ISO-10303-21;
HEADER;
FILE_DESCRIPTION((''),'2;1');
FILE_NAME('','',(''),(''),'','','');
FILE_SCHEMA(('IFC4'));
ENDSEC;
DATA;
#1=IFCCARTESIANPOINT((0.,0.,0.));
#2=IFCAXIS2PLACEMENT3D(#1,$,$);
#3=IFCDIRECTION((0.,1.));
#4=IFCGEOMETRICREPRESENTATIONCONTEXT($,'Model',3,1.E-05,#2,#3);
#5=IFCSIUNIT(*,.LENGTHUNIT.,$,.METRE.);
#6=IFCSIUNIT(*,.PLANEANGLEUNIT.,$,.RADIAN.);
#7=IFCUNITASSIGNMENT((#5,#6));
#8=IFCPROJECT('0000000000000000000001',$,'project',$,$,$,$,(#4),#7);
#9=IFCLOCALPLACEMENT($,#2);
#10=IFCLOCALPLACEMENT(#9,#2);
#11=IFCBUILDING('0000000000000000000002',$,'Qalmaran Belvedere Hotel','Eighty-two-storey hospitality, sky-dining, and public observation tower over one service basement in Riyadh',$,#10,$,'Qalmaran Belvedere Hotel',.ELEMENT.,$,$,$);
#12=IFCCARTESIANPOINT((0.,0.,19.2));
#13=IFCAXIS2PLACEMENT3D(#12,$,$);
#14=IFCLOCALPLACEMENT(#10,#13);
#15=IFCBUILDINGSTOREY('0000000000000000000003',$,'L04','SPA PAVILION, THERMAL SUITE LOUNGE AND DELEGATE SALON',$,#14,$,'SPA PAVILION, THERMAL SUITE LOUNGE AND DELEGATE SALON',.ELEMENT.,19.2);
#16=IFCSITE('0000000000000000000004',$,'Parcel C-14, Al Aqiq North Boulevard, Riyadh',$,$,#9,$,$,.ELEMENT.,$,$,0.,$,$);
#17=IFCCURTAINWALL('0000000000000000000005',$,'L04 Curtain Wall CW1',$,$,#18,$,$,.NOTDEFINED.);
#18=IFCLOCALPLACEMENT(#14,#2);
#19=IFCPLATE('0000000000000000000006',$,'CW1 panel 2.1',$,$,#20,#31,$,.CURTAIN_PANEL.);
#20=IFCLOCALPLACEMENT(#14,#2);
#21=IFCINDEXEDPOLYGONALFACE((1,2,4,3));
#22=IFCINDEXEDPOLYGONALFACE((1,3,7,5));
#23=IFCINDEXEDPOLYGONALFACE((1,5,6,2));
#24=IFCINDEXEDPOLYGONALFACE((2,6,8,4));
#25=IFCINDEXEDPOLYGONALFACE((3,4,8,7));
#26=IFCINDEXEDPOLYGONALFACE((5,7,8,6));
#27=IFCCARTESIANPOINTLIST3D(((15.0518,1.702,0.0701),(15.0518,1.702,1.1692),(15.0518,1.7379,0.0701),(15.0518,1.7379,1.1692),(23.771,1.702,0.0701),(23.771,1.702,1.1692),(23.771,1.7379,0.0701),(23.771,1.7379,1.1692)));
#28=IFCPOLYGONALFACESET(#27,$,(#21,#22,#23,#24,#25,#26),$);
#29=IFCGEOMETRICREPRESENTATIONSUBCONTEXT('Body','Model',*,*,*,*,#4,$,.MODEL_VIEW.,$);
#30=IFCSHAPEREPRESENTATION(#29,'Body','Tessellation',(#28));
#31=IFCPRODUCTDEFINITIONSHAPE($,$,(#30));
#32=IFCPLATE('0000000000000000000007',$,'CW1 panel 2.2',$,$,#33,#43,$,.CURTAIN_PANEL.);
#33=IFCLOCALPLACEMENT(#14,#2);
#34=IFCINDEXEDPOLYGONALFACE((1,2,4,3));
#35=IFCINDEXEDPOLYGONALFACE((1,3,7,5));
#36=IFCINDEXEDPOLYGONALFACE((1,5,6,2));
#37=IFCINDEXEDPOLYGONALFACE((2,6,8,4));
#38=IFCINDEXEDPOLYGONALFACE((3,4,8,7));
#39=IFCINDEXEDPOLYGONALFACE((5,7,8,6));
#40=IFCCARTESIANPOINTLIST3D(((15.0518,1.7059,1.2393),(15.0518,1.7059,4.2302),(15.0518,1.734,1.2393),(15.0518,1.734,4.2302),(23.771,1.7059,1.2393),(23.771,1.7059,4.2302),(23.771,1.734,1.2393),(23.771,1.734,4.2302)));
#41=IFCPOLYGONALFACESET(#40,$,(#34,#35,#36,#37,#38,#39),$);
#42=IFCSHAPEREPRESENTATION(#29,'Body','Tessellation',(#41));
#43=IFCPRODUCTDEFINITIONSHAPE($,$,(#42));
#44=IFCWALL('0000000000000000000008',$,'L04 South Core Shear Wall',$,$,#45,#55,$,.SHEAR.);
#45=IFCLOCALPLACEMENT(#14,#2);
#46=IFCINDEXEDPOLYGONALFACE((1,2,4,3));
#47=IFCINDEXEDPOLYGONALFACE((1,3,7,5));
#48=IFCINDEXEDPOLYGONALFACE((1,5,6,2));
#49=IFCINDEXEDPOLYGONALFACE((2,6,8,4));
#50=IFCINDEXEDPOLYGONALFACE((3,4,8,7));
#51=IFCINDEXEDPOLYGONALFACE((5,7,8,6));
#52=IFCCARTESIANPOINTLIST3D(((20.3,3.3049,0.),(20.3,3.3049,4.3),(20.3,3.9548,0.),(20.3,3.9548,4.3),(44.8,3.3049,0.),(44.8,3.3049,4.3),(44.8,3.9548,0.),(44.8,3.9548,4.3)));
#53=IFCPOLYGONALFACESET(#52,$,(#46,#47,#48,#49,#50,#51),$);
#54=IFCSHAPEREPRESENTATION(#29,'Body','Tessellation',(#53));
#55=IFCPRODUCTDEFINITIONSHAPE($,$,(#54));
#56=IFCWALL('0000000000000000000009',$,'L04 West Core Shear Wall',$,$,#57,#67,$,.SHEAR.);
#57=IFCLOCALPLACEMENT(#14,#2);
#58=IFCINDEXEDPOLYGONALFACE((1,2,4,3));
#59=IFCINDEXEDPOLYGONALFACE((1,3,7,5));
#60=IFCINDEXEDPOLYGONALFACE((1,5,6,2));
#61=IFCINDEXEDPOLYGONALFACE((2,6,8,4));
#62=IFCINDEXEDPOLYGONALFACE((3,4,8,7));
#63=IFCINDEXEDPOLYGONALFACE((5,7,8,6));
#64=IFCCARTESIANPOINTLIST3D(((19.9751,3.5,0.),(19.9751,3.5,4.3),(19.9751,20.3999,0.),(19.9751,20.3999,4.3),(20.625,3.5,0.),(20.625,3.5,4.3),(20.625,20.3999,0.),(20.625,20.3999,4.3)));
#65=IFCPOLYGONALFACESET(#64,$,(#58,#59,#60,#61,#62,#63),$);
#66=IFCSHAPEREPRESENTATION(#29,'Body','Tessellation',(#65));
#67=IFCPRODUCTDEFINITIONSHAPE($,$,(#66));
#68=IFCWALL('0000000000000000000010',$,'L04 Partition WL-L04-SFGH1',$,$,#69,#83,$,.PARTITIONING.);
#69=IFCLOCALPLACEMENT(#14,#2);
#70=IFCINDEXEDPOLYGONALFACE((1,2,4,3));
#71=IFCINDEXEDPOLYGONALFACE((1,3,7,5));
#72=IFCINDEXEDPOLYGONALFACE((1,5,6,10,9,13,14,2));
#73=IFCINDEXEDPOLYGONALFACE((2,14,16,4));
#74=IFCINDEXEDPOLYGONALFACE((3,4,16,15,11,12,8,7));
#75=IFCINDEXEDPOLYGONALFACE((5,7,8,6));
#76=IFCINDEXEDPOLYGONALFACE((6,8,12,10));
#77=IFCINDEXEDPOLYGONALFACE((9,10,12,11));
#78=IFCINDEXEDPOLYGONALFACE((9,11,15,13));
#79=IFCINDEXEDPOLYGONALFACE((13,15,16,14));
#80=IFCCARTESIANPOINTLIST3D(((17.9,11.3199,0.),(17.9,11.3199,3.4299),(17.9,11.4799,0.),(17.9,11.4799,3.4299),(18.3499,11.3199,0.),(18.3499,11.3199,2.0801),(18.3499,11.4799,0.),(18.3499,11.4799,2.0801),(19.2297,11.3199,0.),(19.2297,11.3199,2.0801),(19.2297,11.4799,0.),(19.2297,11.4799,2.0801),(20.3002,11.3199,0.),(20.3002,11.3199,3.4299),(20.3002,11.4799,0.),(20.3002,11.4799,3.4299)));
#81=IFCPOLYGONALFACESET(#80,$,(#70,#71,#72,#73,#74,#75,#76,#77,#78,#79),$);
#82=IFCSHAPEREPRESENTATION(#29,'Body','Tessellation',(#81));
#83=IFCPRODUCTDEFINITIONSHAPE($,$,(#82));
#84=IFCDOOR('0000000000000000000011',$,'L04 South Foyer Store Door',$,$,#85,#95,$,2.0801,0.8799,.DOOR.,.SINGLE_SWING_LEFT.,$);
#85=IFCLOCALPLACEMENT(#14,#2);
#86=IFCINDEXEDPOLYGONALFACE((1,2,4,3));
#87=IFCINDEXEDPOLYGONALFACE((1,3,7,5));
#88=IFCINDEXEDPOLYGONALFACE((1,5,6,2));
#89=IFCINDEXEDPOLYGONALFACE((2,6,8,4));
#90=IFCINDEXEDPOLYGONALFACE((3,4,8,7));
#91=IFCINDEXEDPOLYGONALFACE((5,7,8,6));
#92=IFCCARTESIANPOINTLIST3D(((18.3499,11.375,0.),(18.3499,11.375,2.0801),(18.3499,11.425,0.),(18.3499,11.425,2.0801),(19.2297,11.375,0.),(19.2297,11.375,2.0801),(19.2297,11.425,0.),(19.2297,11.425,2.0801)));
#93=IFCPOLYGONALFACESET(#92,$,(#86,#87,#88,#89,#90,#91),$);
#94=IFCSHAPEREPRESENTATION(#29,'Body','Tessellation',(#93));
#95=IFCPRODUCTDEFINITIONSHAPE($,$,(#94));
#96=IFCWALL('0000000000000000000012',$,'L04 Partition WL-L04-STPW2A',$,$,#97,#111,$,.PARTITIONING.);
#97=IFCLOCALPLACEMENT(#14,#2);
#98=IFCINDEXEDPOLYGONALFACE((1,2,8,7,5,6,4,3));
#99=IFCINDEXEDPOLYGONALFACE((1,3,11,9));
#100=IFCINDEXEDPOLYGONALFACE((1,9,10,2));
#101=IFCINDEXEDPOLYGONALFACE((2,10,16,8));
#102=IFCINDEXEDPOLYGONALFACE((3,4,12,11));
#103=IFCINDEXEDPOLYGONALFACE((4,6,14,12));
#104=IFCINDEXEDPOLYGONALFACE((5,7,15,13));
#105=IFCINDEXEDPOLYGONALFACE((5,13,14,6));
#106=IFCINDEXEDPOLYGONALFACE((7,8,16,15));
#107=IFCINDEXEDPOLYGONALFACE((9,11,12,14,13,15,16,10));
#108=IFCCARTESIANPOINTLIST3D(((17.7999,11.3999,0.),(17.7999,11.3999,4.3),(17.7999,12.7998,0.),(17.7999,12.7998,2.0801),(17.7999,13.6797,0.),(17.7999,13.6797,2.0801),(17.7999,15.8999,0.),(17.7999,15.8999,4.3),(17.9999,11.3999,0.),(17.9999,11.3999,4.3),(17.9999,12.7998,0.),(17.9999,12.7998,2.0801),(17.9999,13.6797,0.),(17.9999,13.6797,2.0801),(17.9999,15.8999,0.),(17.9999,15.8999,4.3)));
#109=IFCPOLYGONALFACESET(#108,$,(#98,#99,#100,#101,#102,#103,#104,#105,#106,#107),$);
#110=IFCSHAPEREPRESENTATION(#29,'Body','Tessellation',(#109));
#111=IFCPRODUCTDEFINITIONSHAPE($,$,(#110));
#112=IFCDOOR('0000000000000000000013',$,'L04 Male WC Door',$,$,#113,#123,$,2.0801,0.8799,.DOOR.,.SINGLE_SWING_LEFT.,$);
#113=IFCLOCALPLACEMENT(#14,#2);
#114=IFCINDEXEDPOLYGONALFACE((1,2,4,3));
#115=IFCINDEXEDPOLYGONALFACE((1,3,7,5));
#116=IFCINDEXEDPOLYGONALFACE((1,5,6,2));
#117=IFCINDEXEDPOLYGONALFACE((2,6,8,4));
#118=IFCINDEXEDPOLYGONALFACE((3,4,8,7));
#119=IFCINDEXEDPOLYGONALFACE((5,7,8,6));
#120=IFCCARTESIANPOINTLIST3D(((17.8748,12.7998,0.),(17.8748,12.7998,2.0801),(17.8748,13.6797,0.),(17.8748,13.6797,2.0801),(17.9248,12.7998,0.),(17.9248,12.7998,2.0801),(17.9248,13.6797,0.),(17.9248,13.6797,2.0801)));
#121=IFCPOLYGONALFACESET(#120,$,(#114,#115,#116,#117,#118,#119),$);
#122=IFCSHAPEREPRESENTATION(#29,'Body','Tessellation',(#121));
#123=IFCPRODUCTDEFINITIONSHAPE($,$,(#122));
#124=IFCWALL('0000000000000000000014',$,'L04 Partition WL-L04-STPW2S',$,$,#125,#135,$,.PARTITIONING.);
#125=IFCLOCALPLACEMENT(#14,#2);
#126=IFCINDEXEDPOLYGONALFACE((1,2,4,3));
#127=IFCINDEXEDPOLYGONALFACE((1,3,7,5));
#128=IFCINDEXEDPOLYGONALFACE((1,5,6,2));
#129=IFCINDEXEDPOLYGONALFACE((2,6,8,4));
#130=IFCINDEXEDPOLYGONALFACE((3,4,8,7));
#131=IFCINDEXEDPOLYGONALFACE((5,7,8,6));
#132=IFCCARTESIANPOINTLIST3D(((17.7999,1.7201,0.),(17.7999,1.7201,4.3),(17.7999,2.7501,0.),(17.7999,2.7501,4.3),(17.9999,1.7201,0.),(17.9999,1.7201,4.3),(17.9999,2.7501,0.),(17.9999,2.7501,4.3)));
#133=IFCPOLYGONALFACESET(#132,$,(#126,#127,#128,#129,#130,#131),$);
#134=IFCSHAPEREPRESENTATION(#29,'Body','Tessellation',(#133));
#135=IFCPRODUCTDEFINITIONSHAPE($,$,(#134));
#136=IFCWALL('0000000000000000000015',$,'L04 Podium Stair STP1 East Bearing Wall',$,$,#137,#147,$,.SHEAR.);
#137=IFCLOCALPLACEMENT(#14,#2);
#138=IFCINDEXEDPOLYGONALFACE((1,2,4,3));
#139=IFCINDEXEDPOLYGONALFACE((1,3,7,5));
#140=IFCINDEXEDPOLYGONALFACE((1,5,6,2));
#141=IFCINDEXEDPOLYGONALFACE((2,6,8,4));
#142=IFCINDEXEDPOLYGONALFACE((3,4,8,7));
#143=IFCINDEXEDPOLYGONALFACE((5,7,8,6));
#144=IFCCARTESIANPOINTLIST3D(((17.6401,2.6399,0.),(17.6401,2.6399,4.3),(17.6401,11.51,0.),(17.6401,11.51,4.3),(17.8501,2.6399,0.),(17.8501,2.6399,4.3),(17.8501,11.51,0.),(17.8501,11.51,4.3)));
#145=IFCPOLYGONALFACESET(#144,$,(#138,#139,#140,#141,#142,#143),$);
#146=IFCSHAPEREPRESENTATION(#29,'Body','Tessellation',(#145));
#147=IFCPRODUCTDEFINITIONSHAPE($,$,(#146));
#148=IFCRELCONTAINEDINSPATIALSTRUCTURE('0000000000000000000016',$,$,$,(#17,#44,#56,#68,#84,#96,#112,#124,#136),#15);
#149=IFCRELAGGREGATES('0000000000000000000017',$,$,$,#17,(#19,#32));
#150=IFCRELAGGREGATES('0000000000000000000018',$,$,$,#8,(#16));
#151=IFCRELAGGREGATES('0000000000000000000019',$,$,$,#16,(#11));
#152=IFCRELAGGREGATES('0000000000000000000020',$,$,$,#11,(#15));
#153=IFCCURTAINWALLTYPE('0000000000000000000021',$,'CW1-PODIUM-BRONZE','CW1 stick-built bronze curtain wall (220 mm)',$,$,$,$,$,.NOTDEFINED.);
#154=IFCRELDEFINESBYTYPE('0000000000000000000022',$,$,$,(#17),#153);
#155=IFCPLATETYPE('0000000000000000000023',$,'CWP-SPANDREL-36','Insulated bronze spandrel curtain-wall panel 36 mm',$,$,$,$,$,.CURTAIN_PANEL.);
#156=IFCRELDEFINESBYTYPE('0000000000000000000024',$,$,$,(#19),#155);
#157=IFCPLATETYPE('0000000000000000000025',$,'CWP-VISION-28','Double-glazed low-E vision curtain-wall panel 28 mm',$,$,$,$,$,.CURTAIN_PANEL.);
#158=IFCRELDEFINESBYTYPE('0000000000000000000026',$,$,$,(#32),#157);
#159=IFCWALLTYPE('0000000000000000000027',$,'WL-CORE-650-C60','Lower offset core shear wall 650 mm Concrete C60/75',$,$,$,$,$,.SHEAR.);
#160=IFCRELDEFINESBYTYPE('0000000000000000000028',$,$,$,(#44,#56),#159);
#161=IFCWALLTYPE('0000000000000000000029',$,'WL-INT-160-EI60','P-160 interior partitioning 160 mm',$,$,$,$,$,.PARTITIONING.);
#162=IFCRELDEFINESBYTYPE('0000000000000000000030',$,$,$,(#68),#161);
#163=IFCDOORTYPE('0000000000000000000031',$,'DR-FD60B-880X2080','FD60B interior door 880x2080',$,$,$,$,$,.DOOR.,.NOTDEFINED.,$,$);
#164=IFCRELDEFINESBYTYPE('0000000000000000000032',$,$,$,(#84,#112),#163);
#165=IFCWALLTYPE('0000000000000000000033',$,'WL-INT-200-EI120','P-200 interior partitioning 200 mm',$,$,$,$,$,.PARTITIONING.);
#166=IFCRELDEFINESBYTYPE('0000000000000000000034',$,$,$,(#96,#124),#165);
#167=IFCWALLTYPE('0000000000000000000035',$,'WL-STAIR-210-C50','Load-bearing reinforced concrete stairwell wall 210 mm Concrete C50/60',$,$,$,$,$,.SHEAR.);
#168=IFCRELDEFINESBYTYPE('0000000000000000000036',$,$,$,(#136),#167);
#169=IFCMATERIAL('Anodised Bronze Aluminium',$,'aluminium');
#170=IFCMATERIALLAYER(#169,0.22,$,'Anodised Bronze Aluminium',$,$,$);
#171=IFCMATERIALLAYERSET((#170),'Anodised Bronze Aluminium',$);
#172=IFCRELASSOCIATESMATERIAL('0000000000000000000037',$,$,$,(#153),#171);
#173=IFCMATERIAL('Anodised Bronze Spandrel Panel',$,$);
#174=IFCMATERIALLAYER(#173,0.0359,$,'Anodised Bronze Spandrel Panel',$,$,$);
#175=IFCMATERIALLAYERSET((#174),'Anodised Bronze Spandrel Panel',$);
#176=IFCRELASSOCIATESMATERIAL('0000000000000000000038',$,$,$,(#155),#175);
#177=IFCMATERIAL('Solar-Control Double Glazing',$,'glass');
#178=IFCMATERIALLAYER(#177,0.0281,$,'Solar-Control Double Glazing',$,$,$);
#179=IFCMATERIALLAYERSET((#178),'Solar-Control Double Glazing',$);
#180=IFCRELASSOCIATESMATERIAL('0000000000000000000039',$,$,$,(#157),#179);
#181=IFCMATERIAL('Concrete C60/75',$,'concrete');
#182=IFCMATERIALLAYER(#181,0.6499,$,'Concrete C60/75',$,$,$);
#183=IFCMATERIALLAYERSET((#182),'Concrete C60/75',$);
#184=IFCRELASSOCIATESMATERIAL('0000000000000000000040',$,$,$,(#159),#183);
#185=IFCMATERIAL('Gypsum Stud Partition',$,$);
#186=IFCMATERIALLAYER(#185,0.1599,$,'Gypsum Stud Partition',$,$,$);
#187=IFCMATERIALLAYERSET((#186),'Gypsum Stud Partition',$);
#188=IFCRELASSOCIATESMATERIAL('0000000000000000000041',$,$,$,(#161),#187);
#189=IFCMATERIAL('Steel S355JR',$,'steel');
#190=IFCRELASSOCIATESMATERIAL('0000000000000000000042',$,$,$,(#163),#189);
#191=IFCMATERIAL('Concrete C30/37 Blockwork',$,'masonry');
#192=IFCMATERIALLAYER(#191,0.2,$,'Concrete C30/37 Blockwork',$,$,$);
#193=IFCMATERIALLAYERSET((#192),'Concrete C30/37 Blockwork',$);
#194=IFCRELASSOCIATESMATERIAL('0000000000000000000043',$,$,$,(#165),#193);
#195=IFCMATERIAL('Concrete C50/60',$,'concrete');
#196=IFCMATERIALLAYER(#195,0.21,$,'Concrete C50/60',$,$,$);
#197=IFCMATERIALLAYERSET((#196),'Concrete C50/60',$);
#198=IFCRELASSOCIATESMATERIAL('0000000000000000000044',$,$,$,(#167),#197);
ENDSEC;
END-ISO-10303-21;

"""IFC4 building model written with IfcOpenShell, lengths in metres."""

from ifc_helpers import new_model, si_unit, direction, frame, frame_2d, origin, origin_2d, place, context, subcontext, project, spatial, rectangle, extrude, material, layer, layer_set, type_object, element, fill, aggregate, save


model = new_model("IFC4")

# Units and contexts
model_context = context("Model", 3, precision=1e-05, world=origin(), true_north=direction((0.0, 1.0)))
body_context = subcontext(model_context, "Body", "Model", "MODEL_VIEW")
ifc_project = project(units=[si_unit("LENGTHUNIT", "METRE"), si_unit("PLANEANGLEUNIT", "RADIAN")], contexts=[model_context])

# Site, building, storey
site_placement = place(None, origin())
site = spatial("IfcSite", under=ifc_project, at=site_placement, Name="Parcel C-14, Al Aqiq North Boulevard, Riyadh", CompositionType="ELEMENT", RefElevation=0.0)
building_placement = place(site_placement, origin())
building = spatial("IfcBuilding", under=site, at=building_placement, Name="Qalmaran Belvedere Hotel", Description="Eighty-two-storey hospitality, sky-dining, and public observation tower over one service basement in Riyadh", LongName="Qalmaran Belvedere Hotel", CompositionType="ELEMENT")
storey_placement = place(building_placement, frame((0.0, 0.0, 19.2)))
storey = spatial("IfcBuildingStorey", under=building, at=storey_placement, Name="L04", Description="SPA PAVILION, THERMAL SUITE LOUNGE AND DELEGATE SALON", LongName="SPA PAVILION, THERMAL SUITE LOUNGE AND DELEGATE SALON", CompositionType="ELEMENT", Elevation=19.2)

# Shared definitions
ifc_material_1 = material(Name="Concrete C60/75", Category="concrete")

# Shared definitions
ifc_material_2 = material(Name="Steel S355JR", Category="steel")

# Curtain wall, plates
ifc_material_3 = material(Name="Anodised Bronze Aluminium", Category="aluminium")
ifc_layer_1 = layer(ifc_material_3, 0.22, Name="Anodised Bronze Aluminium")
ifc_layer_set_1 = layer_set([ifc_layer_1], Name="Anodised Bronze Aluminium")
curtain_wall_type = type_object("IfcCurtainWallType", Name="CW1-PODIUM-BRONZE", Description="CW1 stick-built bronze curtain wall (220 mm)", PredefinedType="NOTDEFINED", material=ifc_layer_set_1)
curtain_wall_placement = place(storey_placement, origin())
curtain_wall = element("IfcCurtainWall", 1, at=curtain_wall_placement, inside=storey, type_object=curtain_wall_type, Name="L04 Curtain Wall CW1", PredefinedType="NOTDEFINED")
ifc_material_4 = material(Name="Anodised Bronze Spandrel Panel")
ifc_layer_2 = layer(ifc_material_4, 0.0359, Name="Anodised Bronze Spandrel Panel")
ifc_layer_set_2 = layer_set([ifc_layer_2], Name="Anodised Bronze Spandrel Panel")
plate_type_1 = type_object("IfcPlateType", Name="CWP-SPANDREL-36", Description="Insulated bronze spandrel curtain-wall panel 36 mm", PredefinedType="CURTAIN_PANEL", material=ifc_layer_set_2)
plate_1_placement = place(storey_placement, frame((19.4114, 1.72, 0.0701), z_axis=(0.0, 0.0, 1.0), x_axis=(1.0, 0.0, 0.0)))
plate_1 = element("IfcPlate", 2, at=plate_1_placement, type_object=plate_type_1, Name="CW1 panel 2.1", PredefinedType="CURTAIN_PANEL", context=body_context, shape_type="SweptSolid", body=[
    extrude(rectangle(XDim=8.7192, YDim=0.0359, at=origin_2d()), origin(), (0.0, 0.0, 1.0), 1.0991),
])
ifc_material_5 = material(Name="Solar-Control Double Glazing", Category="glass")
ifc_layer_3 = layer(ifc_material_5, 0.0281, Name="Solar-Control Double Glazing")
ifc_layer_set_3 = layer_set([ifc_layer_3], Name="Solar-Control Double Glazing")
plate_type_2 = type_object("IfcPlateType", Name="CWP-VISION-28", Description="Double-glazed low-E vision curtain-wall panel 28 mm", PredefinedType="CURTAIN_PANEL", material=ifc_layer_set_3)
plate_2_placement = place(storey_placement, frame((19.4114, 1.72, 1.2393), z_axis=(0.0, 0.0, 1.0), x_axis=(1.0, 0.0, 0.0)))
plate_2 = element("IfcPlate", 3, at=plate_2_placement, type_object=plate_type_2, Name="CW1 panel 2.2", PredefinedType="CURTAIN_PANEL", context=body_context, shape_type="SweptSolid", body=[
    extrude(rectangle(XDim=8.7192, YDim=0.0281, at=origin_2d()), origin(), (0.0, 0.0, 1.0), 2.991),
])
aggregate(curtain_wall, [plate_1, plate_2])

# Walls
ifc_layer_4 = layer(ifc_material_1, 0.6499, Name="Concrete C60/75")
ifc_layer_set_4 = layer_set([ifc_layer_4], Name="Concrete C60/75")
wall_type_1 = type_object("IfcWallType", Name="WL-CORE-650-C60", Description="Lower offset core shear wall 650 mm Concrete C60/75", PredefinedType="SHEAR", material=ifc_layer_set_4)
wall_1_placement = place(storey_placement, frame((20.3, 3.6299, 0.0), z_axis=(0.0, 0.0, 1.0), x_axis=(1.0, 0.0, 0.0)))
element("IfcWall", 4, at=wall_1_placement, inside=storey, type_object=wall_type_1, Name="L04 South Core Shear Wall", PredefinedType="SHEAR", context=body_context, shape_type="SweptSolid", body=[
    extrude(rectangle(XDim=24.5, YDim=0.6499, at=frame_2d((12.25, 0.0))), origin(), (0.0, 0.0, 1.0), 4.3),
])
wall_2_placement = place(storey_placement, frame((20.3, 3.5, 0.0), z_axis=(0.0, 0.0, 1.0), x_axis=(0.0, 1.0, 0.0)))
element("IfcWall", 5, at=wall_2_placement, inside=storey, type_object=wall_type_1, Name="L04 West Core Shear Wall", PredefinedType="SHEAR", context=body_context, shape_type="SweptSolid", body=[
    extrude(rectangle(XDim=16.8999, YDim=0.6499, at=frame_2d((8.45, 0.0))), origin(), (0.0, 0.0, 1.0), 4.3),
])

# Walls, openings, doors
ifc_material_6 = material(Name="Gypsum Stud Partition")
ifc_layer_5 = layer(ifc_material_6, 0.1599, Name="Gypsum Stud Partition")
ifc_layer_set_5 = layer_set([ifc_layer_5], Name="Gypsum Stud Partition")
wall_type_2 = type_object("IfcWallType", Name="WL-INT-160-EI60", Description="P-160 interior partitioning 160 mm", PredefinedType="PARTITIONING", material=ifc_layer_set_5)
wall_3_placement = place(storey_placement, frame((17.8999, 11.3999, 0.0), z_axis=(0.0, 0.0, 1.0), x_axis=(1.0, 0.0, 0.0)))
wall_3 = element("IfcWall", 6, at=wall_3_placement, inside=storey, type_object=wall_type_2, Name="L04 Partition WL-L04-SFGH1", PredefinedType="PARTITIONING", context=body_context, shape_type="SweptSolid", body=[
    extrude(rectangle(XDim=2.4001, YDim=0.1599, at=frame_2d((1.2002, 0.0))), origin(), (0.0, 0.0, 1.0), 3.4299),
])
opening_1_placement = place(wall_3_placement, frame((1.3298, 0.0, 0.0), z_axis=(0.0, 0.0, 1.0), x_axis=(-1.0, 0.0, 0.0)))
opening_1 = element("IfcOpeningElement", 7, at=opening_1_placement, cuts=wall_3, PredefinedType="OPENING", context=body_context, shape_type="SweptSolid", body=[
    extrude(rectangle(XDim=0.8799, YDim=2.0801, at=frame_2d((0.4399, 1.04))), frame((0.0, 0.0898, 0.0), z_axis=(0.0, -1.0, 0.0), x_axis=(1.0, 0.0, 0.0)), (0.0, 0.0, 1.0), 0.1799),
])
door_type = type_object("IfcDoorType", Name="DR-FD60B-880X2080", Description="FD60B interior door 880x2080", OperationType="NOTDEFINED", PredefinedType="DOOR", material=ifc_material_2)
door_1_placement = place(opening_1_placement, origin())
door_1 = element("IfcDoor", 8, at=door_1_placement, inside=storey, type_object=door_type, Name="L04 South Foyer Store Door", OperationType="SINGLE_SWING_LEFT", OverallHeight=2.0801, OverallWidth=0.8799, PredefinedType="DOOR", context=body_context, shape_type="SweptSolid", body=[
    extrude(rectangle(XDim=0.8799, YDim=2.0801, at=frame_2d((0.4399, 1.04))), frame((0.0, 0.0249, 0.0), z_axis=(0.0, -1.0, 0.0), x_axis=(1.0, 0.0, 0.0)), (0.0, 0.0, 1.0), 0.05),
])
fill(opening_1, door_1)
ifc_material_7 = material(Name="Concrete C30/37 Blockwork", Category="masonry")
ifc_layer_6 = layer(ifc_material_7, 0.2, Name="Concrete C30/37 Blockwork")
ifc_layer_set_6 = layer_set([ifc_layer_6], Name="Concrete C30/37 Blockwork")
wall_type_3 = type_object("IfcWallType", Name="WL-INT-200-EI120", Description="P-200 interior partitioning 200 mm", PredefinedType="PARTITIONING", material=ifc_layer_set_6)
wall_4_placement = place(storey_placement, frame((17.8999, 11.3999, 0.0), z_axis=(0.0, 0.0, 1.0), x_axis=(0.0, 1.0, 0.0)))
wall_4 = element("IfcWall", 9, at=wall_4_placement, inside=storey, type_object=wall_type_3, Name="L04 Partition WL-L04-STPW2A", PredefinedType="PARTITIONING", context=body_context, shape_type="SweptSolid", body=[
    extrude(rectangle(XDim=4.5, YDim=0.2, at=frame_2d((2.25, 0.0))), origin(), (0.0, 0.0, 1.0), 4.3),
])
opening_2_placement = place(wall_4_placement, frame((2.2798, 0.0, 0.0), z_axis=(0.0, 0.0, 1.0), x_axis=(-1.0, 0.0, 0.0)))
opening_2 = element("IfcOpeningElement", 10, at=opening_2_placement, cuts=wall_4, PredefinedType="OPENING", context=body_context, shape_type="SweptSolid", body=[
    extrude(rectangle(XDim=0.8799, YDim=2.0801, at=frame_2d((0.4399, 1.04))), frame((0.0, 0.1099, 0.0), z_axis=(0.0, -1.0, 0.0), x_axis=(1.0, 0.0, 0.0)), (0.0, 0.0, 1.0), 0.22),
])
door_2_placement = place(opening_2_placement, origin())
door_2 = element("IfcDoor", 11, at=door_2_placement, inside=storey, type_object=door_type, Name="L04 Male WC Door", OperationType="SINGLE_SWING_LEFT", OverallHeight=2.0801, OverallWidth=0.8799, PredefinedType="DOOR", context=body_context, shape_type="SweptSolid", body=[
    extrude(rectangle(XDim=0.8799, YDim=2.0801, at=frame_2d((0.4399, 1.04))), frame((0.0, 0.0249, 0.0), z_axis=(0.0, -1.0, 0.0), x_axis=(1.0, 0.0, 0.0)), (0.0, 0.0, 1.0), 0.05),
])
fill(opening_2, door_2)

# Walls
wall_5_placement = place(storey_placement, frame((17.8999, 1.72, 0.0), z_axis=(0.0, 0.0, 1.0), x_axis=(0.0, 1.0, 0.0)))
element("IfcWall", 12, at=wall_5_placement, inside=storey, type_object=wall_type_3, Name="L04 Partition WL-L04-STPW2S", PredefinedType="PARTITIONING", context=body_context, shape_type="SweptSolid", body=[
    extrude(rectangle(XDim=1.03, YDim=0.2, at=frame_2d((0.5151, 0.0))), origin(), (0.0, 0.0, 1.0), 4.3),
])
ifc_material_8 = material(Name="Concrete C50/60", Category="concrete")
ifc_layer_7 = layer(ifc_material_8, 0.21, Name="Concrete C50/60")
ifc_layer_set_7 = layer_set([ifc_layer_7], Name="Concrete C50/60")
wall_type_4 = type_object("IfcWallType", Name="WL-STAIR-210-C50", Description="Load-bearing reinforced concrete stairwell wall 210 mm Concrete C50/60", PredefinedType="SHEAR", material=ifc_layer_set_7)
wall_6_placement = place(storey_placement, frame((17.7451, 2.6399, 0.0), z_axis=(0.0, 0.0, 1.0), x_axis=(0.0, 1.0, 0.0)))
element("IfcWall", 13, at=wall_6_placement, inside=storey, type_object=wall_type_4, Name="L04 Podium Stair STP1 East Bearing Wall", PredefinedType="SHEAR", context=body_context, shape_type="SweptSolid", body=[
    extrude(rectangle(XDim=8.8701, YDim=0.21, at=frame_2d((4.4351, 0.0))), origin(), (0.0, 0.0, 1.0), 4.3),
])

save(model, "model.ifc")
